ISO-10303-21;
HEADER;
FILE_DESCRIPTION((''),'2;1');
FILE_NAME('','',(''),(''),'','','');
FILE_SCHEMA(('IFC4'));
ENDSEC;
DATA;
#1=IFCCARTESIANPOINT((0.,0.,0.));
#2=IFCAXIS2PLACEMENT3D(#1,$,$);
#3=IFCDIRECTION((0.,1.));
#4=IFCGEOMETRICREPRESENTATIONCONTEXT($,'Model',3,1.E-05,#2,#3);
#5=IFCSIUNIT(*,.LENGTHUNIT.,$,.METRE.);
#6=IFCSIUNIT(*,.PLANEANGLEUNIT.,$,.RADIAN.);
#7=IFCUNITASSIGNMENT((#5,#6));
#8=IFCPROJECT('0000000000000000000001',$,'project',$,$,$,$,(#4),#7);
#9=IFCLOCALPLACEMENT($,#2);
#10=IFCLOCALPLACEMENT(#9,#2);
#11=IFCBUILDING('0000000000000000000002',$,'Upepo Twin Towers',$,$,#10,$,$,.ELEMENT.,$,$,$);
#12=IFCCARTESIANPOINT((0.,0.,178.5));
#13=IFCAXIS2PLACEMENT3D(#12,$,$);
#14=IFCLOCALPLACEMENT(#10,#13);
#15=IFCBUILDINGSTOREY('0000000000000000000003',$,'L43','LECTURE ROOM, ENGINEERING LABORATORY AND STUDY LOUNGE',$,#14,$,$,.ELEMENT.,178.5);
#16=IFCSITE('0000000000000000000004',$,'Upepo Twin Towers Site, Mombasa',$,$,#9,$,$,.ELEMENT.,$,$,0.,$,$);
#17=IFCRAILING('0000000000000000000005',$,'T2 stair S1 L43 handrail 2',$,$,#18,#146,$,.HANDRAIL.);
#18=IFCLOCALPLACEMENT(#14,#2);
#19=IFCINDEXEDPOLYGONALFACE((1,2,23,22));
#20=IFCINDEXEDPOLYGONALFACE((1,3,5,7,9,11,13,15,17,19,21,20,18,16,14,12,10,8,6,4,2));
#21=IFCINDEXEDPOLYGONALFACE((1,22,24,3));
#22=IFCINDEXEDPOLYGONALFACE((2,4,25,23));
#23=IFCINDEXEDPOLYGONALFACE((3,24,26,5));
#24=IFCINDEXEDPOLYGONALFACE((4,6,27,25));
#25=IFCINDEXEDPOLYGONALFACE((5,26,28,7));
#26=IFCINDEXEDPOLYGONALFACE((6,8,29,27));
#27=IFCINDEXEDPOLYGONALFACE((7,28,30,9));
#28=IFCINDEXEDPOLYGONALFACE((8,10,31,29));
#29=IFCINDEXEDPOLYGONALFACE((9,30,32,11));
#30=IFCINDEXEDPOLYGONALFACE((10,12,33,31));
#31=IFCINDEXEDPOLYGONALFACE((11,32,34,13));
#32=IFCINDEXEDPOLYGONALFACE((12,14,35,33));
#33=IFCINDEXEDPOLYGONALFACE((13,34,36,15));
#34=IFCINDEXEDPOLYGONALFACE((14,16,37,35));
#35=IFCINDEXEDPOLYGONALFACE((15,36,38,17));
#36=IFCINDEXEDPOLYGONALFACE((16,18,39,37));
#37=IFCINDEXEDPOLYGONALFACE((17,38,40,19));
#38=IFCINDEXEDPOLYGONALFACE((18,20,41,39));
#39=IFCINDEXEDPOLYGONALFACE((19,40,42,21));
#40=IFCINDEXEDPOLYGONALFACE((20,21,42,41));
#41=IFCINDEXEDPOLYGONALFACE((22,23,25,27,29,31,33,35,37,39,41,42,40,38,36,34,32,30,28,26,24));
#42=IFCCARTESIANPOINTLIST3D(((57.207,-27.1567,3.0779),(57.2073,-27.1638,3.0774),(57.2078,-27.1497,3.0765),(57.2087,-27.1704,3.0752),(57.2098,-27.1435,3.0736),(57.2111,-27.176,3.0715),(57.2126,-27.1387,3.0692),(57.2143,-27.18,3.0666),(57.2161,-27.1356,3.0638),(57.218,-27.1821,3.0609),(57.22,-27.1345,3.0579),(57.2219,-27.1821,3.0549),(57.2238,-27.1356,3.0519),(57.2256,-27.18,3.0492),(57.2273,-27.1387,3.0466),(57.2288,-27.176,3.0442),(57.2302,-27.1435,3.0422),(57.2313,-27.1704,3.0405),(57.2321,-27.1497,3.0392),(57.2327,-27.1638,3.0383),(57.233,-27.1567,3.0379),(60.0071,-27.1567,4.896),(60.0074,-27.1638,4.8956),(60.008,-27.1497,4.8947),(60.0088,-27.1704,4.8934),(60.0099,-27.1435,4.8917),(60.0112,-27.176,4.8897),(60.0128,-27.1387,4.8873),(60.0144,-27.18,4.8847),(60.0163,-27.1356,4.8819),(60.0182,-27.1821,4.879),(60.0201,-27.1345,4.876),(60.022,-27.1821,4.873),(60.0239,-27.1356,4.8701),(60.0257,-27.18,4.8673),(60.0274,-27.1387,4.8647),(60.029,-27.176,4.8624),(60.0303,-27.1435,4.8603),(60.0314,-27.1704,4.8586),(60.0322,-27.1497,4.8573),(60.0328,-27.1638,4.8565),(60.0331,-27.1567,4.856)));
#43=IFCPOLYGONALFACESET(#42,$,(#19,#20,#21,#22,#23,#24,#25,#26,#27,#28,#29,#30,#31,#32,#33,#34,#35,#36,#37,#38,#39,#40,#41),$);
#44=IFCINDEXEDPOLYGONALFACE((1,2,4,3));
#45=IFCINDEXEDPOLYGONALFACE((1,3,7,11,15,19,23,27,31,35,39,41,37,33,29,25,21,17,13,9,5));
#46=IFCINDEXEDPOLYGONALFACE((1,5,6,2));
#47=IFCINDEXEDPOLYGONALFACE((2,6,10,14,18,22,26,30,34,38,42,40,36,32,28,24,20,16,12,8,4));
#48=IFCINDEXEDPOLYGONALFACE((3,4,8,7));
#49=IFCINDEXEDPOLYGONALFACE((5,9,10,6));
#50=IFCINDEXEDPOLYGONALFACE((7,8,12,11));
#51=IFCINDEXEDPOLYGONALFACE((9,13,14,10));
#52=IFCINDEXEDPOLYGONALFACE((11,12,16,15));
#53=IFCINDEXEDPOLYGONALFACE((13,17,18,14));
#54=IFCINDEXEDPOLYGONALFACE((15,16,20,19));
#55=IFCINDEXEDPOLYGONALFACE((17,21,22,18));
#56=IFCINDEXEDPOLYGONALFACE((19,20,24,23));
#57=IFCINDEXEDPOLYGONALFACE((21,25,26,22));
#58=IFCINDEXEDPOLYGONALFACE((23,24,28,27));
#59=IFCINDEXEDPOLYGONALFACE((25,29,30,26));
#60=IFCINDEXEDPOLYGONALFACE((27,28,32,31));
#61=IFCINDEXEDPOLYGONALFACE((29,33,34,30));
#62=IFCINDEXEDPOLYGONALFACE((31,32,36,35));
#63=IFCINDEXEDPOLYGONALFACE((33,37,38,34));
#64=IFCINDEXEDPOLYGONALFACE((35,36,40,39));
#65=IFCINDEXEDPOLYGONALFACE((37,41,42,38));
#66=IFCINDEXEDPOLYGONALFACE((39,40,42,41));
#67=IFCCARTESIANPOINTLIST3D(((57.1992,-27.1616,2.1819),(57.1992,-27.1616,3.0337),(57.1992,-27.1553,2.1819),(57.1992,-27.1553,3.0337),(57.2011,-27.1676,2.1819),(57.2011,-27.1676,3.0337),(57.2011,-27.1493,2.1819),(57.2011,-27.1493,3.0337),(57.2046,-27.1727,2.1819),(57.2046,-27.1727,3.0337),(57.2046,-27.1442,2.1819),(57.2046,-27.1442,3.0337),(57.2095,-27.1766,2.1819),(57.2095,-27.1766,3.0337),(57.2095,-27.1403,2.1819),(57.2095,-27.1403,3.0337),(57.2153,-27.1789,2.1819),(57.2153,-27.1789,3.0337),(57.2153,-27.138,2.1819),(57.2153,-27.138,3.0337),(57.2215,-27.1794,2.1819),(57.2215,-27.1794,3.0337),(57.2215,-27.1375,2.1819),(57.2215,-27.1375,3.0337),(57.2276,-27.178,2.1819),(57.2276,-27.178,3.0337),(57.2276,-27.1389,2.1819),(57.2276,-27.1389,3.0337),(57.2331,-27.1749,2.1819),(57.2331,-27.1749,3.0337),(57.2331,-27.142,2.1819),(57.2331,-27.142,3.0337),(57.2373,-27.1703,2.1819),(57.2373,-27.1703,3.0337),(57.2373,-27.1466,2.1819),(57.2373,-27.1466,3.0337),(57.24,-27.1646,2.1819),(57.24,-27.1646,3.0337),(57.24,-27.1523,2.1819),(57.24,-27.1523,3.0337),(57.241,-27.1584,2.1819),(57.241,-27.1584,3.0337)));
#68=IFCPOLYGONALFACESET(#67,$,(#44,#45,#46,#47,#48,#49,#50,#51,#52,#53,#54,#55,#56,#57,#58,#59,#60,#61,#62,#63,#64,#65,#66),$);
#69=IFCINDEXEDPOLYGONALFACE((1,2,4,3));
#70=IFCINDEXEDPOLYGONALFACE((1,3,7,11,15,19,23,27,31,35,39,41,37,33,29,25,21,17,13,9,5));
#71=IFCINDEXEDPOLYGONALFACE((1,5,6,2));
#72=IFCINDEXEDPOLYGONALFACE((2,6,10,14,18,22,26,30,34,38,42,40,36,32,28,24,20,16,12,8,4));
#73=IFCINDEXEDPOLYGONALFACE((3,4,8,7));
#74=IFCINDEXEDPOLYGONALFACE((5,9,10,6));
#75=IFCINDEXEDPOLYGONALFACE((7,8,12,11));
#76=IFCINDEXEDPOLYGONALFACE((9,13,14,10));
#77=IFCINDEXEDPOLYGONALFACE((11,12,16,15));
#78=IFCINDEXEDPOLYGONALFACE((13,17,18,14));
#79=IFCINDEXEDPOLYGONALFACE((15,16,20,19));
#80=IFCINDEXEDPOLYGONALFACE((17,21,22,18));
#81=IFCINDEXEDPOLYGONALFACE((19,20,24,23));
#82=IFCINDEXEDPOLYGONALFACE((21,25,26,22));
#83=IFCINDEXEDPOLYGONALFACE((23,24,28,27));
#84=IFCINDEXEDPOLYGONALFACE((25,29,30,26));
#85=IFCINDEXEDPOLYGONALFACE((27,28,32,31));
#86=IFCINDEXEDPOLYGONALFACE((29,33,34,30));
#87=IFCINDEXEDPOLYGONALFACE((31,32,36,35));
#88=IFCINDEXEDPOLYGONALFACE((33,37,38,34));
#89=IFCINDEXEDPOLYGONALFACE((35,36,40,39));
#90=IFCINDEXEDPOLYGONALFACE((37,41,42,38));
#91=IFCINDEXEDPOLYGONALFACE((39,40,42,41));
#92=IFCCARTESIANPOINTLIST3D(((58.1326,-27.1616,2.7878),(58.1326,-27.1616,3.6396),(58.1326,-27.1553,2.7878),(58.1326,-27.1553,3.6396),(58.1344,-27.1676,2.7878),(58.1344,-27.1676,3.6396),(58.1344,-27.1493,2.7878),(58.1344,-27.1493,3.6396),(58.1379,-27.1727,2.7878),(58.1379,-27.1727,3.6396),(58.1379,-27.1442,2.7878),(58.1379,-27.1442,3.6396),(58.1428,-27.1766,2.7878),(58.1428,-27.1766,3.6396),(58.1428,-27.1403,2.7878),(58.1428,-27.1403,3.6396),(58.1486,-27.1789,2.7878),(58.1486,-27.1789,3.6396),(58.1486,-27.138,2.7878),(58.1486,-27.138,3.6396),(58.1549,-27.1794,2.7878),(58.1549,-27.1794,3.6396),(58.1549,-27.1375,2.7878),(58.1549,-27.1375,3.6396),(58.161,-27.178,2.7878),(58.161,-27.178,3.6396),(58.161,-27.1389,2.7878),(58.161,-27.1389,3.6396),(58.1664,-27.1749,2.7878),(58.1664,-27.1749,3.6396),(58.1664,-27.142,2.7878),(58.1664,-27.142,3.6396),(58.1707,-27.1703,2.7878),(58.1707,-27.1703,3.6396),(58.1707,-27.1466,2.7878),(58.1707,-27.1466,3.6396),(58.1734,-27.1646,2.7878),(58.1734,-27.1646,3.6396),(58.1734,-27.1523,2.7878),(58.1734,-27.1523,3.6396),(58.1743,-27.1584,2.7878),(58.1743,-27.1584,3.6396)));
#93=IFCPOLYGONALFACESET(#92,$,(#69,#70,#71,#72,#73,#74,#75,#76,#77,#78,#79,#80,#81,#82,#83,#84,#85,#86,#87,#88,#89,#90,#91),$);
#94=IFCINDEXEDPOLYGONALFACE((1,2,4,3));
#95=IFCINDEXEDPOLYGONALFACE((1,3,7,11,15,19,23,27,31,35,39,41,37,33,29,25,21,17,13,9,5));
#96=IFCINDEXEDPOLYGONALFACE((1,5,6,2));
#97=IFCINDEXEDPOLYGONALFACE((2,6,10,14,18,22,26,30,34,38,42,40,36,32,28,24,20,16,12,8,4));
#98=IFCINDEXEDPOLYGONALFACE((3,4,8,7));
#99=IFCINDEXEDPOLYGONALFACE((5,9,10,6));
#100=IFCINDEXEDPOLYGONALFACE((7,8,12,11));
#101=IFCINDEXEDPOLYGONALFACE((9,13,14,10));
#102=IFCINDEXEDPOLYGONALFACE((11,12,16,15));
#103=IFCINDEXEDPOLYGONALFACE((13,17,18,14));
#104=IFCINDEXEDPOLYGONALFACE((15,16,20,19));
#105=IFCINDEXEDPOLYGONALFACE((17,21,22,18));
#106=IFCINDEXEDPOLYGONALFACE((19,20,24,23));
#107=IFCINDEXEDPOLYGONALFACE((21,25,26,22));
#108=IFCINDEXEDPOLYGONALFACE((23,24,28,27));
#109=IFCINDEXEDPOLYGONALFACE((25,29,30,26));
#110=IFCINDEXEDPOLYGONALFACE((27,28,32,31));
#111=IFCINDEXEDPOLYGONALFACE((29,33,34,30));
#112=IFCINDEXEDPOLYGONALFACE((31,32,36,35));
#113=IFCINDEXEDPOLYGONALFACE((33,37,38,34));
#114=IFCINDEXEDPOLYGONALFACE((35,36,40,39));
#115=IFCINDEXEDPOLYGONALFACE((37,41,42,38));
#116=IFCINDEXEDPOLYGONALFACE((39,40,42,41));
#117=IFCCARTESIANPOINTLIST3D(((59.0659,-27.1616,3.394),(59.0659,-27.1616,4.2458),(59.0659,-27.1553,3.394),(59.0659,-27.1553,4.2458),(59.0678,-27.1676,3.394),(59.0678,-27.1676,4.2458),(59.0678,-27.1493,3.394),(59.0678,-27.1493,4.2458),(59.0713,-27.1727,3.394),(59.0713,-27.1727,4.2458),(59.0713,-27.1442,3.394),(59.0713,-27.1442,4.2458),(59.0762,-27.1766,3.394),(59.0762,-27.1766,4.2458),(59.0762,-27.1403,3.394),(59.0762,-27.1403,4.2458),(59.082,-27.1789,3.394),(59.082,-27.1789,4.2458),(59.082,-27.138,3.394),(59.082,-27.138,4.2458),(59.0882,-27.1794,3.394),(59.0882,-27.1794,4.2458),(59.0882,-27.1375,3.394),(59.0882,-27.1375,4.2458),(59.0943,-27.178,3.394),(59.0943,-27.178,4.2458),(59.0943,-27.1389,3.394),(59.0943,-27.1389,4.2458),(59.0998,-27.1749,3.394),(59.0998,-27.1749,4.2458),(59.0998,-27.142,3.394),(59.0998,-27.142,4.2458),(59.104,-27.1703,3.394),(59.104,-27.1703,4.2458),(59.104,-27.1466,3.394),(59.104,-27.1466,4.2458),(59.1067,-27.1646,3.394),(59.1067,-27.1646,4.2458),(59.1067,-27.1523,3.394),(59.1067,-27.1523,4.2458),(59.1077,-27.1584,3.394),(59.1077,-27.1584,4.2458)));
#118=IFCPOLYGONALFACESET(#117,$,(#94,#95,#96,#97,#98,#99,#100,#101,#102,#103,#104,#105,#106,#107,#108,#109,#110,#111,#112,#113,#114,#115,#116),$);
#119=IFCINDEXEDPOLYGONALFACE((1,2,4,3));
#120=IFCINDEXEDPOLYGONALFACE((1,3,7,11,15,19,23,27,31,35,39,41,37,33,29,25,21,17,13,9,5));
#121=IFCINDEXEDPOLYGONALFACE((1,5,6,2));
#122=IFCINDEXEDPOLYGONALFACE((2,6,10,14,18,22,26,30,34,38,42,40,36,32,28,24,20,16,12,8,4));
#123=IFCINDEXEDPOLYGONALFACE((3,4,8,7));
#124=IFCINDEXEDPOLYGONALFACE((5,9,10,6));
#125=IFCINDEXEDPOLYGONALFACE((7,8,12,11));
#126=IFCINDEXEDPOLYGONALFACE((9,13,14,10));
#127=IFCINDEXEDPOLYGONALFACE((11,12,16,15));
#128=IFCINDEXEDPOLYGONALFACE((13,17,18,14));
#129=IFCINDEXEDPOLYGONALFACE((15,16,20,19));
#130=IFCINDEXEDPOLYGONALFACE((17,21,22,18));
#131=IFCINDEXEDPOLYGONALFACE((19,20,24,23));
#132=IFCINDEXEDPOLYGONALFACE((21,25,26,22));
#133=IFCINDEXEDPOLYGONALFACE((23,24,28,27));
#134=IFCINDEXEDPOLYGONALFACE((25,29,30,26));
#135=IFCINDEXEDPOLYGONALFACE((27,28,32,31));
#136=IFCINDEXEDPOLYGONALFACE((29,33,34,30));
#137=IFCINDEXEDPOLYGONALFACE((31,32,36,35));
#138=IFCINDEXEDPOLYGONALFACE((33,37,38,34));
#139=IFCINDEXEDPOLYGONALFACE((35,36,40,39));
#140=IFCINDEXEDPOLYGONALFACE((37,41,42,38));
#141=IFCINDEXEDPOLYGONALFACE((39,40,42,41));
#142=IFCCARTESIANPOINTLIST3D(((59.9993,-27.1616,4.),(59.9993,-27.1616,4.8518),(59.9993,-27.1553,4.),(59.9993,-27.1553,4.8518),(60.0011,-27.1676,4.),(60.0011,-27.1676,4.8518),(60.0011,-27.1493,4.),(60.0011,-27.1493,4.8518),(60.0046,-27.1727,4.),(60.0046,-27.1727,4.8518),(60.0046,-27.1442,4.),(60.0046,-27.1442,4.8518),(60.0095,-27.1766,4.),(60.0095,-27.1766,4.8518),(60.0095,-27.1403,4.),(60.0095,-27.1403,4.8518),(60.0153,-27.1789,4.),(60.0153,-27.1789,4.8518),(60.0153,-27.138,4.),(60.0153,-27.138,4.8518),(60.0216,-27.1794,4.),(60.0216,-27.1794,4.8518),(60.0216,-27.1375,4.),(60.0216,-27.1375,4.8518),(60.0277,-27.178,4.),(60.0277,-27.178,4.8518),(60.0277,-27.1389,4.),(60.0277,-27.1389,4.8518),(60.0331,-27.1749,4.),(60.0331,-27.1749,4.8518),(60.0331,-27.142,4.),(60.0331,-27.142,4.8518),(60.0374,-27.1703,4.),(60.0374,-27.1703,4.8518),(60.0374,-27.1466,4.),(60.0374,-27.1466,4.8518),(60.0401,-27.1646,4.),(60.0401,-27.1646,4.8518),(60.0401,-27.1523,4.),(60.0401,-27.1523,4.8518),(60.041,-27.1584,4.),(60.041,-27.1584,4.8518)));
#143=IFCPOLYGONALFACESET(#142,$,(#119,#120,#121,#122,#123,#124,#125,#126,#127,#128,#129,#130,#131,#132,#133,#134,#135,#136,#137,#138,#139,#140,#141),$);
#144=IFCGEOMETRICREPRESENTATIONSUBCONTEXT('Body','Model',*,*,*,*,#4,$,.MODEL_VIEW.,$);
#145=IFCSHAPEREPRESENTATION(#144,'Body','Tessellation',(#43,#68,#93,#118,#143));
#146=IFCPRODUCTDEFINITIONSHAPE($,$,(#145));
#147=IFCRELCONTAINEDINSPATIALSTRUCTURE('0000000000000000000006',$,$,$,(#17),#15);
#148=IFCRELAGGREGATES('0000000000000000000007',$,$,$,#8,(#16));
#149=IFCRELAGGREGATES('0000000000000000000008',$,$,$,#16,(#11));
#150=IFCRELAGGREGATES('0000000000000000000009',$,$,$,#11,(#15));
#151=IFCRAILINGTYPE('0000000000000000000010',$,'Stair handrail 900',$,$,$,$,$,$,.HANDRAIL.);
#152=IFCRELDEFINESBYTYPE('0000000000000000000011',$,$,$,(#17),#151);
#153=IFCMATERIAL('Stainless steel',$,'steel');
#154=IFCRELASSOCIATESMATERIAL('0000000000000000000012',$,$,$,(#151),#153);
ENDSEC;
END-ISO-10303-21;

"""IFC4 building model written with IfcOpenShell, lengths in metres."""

from ifc_helpers import new_model, si_unit, direction, frame, origin, origin_2d, place, context, subcontext, project, spatial, circle, extrude, material, type_object, element, save


model = new_model("IFC4")

# Units and contexts
model_context = context("Model", 3, precision=1e-05, world=origin(), true_north=direction((0.0, 1.0)))
body_context = subcontext(model_context, "Body", "Model", "MODEL_VIEW")
ifc_project = project(units=[si_unit("LENGTHUNIT", "METRE"), si_unit("PLANEANGLEUNIT", "RADIAN")], contexts=[model_context])

# Site, building, storey
site_placement = place(None, origin())
site = spatial("IfcSite", under=ifc_project, at=site_placement, Name="Upepo Twin Towers Site, Mombasa", CompositionType="ELEMENT", RefElevation=0.0)
building_placement = place(site_placement, origin())
building = spatial("IfcBuilding", under=site, at=building_placement, Name="Upepo Twin Towers", CompositionType="ELEMENT")
storey_placement = place(building_placement, frame((0.0, 0.0, 178.5)))
storey = spatial("IfcBuildingStorey", under=building, at=storey_placement, Name="L43", Description="LECTURE ROOM, ENGINEERING LABORATORY AND STUDY LOUNGE", CompositionType="ELEMENT", Elevation=178.5)

# Railing
ifc_material_1 = material(Name="Stainless steel", Category="steel")
railing_type = type_object("IfcRailingType", Name="Stair handrail 900", PredefinedType="HANDRAIL", material=ifc_material_1)
railing_1_placement = place(storey_placement, frame((57.22, -27.1584, 2.1819)))
element("IfcRailing", 1, at=railing_1_placement, inside=storey, type_object=railing_type, Name="T2 stair S1 L43 handrail 2", PredefinedType="HANDRAIL", context=body_context, shape_type="SweptSolid", body=[
    extrude(circle(Radius=0.0239, at=origin_2d()), frame((0.0, 0.0, 0.876), z_axis=(0.838706, 0.0, 0.544585), x_axis=(0.0, 1.0, 0.0)), (0.0, 0.0, 1.0), 3.3386),
    extrude(circle(Radius=0.021, at=origin_2d()), origin(), (0.0, 0.0, 1.0), 0.8518),
    extrude(circle(Radius=0.021, at=origin_2d()), frame((0.9333, 0.0, 0.606)), (0.0, 0.0, 1.0), 0.8518),
    extrude(circle(Radius=0.021, at=origin_2d()), frame((1.8667, 0.0, 1.2122)), (0.0, 0.0, 1.0), 0.8518),
    extrude(circle(Radius=0.021, at=origin_2d()), frame((2.8, 0.0, 1.8181)), (0.0, 0.0, 1.0), 0.8518),
])

save(model, "model.ifc")
